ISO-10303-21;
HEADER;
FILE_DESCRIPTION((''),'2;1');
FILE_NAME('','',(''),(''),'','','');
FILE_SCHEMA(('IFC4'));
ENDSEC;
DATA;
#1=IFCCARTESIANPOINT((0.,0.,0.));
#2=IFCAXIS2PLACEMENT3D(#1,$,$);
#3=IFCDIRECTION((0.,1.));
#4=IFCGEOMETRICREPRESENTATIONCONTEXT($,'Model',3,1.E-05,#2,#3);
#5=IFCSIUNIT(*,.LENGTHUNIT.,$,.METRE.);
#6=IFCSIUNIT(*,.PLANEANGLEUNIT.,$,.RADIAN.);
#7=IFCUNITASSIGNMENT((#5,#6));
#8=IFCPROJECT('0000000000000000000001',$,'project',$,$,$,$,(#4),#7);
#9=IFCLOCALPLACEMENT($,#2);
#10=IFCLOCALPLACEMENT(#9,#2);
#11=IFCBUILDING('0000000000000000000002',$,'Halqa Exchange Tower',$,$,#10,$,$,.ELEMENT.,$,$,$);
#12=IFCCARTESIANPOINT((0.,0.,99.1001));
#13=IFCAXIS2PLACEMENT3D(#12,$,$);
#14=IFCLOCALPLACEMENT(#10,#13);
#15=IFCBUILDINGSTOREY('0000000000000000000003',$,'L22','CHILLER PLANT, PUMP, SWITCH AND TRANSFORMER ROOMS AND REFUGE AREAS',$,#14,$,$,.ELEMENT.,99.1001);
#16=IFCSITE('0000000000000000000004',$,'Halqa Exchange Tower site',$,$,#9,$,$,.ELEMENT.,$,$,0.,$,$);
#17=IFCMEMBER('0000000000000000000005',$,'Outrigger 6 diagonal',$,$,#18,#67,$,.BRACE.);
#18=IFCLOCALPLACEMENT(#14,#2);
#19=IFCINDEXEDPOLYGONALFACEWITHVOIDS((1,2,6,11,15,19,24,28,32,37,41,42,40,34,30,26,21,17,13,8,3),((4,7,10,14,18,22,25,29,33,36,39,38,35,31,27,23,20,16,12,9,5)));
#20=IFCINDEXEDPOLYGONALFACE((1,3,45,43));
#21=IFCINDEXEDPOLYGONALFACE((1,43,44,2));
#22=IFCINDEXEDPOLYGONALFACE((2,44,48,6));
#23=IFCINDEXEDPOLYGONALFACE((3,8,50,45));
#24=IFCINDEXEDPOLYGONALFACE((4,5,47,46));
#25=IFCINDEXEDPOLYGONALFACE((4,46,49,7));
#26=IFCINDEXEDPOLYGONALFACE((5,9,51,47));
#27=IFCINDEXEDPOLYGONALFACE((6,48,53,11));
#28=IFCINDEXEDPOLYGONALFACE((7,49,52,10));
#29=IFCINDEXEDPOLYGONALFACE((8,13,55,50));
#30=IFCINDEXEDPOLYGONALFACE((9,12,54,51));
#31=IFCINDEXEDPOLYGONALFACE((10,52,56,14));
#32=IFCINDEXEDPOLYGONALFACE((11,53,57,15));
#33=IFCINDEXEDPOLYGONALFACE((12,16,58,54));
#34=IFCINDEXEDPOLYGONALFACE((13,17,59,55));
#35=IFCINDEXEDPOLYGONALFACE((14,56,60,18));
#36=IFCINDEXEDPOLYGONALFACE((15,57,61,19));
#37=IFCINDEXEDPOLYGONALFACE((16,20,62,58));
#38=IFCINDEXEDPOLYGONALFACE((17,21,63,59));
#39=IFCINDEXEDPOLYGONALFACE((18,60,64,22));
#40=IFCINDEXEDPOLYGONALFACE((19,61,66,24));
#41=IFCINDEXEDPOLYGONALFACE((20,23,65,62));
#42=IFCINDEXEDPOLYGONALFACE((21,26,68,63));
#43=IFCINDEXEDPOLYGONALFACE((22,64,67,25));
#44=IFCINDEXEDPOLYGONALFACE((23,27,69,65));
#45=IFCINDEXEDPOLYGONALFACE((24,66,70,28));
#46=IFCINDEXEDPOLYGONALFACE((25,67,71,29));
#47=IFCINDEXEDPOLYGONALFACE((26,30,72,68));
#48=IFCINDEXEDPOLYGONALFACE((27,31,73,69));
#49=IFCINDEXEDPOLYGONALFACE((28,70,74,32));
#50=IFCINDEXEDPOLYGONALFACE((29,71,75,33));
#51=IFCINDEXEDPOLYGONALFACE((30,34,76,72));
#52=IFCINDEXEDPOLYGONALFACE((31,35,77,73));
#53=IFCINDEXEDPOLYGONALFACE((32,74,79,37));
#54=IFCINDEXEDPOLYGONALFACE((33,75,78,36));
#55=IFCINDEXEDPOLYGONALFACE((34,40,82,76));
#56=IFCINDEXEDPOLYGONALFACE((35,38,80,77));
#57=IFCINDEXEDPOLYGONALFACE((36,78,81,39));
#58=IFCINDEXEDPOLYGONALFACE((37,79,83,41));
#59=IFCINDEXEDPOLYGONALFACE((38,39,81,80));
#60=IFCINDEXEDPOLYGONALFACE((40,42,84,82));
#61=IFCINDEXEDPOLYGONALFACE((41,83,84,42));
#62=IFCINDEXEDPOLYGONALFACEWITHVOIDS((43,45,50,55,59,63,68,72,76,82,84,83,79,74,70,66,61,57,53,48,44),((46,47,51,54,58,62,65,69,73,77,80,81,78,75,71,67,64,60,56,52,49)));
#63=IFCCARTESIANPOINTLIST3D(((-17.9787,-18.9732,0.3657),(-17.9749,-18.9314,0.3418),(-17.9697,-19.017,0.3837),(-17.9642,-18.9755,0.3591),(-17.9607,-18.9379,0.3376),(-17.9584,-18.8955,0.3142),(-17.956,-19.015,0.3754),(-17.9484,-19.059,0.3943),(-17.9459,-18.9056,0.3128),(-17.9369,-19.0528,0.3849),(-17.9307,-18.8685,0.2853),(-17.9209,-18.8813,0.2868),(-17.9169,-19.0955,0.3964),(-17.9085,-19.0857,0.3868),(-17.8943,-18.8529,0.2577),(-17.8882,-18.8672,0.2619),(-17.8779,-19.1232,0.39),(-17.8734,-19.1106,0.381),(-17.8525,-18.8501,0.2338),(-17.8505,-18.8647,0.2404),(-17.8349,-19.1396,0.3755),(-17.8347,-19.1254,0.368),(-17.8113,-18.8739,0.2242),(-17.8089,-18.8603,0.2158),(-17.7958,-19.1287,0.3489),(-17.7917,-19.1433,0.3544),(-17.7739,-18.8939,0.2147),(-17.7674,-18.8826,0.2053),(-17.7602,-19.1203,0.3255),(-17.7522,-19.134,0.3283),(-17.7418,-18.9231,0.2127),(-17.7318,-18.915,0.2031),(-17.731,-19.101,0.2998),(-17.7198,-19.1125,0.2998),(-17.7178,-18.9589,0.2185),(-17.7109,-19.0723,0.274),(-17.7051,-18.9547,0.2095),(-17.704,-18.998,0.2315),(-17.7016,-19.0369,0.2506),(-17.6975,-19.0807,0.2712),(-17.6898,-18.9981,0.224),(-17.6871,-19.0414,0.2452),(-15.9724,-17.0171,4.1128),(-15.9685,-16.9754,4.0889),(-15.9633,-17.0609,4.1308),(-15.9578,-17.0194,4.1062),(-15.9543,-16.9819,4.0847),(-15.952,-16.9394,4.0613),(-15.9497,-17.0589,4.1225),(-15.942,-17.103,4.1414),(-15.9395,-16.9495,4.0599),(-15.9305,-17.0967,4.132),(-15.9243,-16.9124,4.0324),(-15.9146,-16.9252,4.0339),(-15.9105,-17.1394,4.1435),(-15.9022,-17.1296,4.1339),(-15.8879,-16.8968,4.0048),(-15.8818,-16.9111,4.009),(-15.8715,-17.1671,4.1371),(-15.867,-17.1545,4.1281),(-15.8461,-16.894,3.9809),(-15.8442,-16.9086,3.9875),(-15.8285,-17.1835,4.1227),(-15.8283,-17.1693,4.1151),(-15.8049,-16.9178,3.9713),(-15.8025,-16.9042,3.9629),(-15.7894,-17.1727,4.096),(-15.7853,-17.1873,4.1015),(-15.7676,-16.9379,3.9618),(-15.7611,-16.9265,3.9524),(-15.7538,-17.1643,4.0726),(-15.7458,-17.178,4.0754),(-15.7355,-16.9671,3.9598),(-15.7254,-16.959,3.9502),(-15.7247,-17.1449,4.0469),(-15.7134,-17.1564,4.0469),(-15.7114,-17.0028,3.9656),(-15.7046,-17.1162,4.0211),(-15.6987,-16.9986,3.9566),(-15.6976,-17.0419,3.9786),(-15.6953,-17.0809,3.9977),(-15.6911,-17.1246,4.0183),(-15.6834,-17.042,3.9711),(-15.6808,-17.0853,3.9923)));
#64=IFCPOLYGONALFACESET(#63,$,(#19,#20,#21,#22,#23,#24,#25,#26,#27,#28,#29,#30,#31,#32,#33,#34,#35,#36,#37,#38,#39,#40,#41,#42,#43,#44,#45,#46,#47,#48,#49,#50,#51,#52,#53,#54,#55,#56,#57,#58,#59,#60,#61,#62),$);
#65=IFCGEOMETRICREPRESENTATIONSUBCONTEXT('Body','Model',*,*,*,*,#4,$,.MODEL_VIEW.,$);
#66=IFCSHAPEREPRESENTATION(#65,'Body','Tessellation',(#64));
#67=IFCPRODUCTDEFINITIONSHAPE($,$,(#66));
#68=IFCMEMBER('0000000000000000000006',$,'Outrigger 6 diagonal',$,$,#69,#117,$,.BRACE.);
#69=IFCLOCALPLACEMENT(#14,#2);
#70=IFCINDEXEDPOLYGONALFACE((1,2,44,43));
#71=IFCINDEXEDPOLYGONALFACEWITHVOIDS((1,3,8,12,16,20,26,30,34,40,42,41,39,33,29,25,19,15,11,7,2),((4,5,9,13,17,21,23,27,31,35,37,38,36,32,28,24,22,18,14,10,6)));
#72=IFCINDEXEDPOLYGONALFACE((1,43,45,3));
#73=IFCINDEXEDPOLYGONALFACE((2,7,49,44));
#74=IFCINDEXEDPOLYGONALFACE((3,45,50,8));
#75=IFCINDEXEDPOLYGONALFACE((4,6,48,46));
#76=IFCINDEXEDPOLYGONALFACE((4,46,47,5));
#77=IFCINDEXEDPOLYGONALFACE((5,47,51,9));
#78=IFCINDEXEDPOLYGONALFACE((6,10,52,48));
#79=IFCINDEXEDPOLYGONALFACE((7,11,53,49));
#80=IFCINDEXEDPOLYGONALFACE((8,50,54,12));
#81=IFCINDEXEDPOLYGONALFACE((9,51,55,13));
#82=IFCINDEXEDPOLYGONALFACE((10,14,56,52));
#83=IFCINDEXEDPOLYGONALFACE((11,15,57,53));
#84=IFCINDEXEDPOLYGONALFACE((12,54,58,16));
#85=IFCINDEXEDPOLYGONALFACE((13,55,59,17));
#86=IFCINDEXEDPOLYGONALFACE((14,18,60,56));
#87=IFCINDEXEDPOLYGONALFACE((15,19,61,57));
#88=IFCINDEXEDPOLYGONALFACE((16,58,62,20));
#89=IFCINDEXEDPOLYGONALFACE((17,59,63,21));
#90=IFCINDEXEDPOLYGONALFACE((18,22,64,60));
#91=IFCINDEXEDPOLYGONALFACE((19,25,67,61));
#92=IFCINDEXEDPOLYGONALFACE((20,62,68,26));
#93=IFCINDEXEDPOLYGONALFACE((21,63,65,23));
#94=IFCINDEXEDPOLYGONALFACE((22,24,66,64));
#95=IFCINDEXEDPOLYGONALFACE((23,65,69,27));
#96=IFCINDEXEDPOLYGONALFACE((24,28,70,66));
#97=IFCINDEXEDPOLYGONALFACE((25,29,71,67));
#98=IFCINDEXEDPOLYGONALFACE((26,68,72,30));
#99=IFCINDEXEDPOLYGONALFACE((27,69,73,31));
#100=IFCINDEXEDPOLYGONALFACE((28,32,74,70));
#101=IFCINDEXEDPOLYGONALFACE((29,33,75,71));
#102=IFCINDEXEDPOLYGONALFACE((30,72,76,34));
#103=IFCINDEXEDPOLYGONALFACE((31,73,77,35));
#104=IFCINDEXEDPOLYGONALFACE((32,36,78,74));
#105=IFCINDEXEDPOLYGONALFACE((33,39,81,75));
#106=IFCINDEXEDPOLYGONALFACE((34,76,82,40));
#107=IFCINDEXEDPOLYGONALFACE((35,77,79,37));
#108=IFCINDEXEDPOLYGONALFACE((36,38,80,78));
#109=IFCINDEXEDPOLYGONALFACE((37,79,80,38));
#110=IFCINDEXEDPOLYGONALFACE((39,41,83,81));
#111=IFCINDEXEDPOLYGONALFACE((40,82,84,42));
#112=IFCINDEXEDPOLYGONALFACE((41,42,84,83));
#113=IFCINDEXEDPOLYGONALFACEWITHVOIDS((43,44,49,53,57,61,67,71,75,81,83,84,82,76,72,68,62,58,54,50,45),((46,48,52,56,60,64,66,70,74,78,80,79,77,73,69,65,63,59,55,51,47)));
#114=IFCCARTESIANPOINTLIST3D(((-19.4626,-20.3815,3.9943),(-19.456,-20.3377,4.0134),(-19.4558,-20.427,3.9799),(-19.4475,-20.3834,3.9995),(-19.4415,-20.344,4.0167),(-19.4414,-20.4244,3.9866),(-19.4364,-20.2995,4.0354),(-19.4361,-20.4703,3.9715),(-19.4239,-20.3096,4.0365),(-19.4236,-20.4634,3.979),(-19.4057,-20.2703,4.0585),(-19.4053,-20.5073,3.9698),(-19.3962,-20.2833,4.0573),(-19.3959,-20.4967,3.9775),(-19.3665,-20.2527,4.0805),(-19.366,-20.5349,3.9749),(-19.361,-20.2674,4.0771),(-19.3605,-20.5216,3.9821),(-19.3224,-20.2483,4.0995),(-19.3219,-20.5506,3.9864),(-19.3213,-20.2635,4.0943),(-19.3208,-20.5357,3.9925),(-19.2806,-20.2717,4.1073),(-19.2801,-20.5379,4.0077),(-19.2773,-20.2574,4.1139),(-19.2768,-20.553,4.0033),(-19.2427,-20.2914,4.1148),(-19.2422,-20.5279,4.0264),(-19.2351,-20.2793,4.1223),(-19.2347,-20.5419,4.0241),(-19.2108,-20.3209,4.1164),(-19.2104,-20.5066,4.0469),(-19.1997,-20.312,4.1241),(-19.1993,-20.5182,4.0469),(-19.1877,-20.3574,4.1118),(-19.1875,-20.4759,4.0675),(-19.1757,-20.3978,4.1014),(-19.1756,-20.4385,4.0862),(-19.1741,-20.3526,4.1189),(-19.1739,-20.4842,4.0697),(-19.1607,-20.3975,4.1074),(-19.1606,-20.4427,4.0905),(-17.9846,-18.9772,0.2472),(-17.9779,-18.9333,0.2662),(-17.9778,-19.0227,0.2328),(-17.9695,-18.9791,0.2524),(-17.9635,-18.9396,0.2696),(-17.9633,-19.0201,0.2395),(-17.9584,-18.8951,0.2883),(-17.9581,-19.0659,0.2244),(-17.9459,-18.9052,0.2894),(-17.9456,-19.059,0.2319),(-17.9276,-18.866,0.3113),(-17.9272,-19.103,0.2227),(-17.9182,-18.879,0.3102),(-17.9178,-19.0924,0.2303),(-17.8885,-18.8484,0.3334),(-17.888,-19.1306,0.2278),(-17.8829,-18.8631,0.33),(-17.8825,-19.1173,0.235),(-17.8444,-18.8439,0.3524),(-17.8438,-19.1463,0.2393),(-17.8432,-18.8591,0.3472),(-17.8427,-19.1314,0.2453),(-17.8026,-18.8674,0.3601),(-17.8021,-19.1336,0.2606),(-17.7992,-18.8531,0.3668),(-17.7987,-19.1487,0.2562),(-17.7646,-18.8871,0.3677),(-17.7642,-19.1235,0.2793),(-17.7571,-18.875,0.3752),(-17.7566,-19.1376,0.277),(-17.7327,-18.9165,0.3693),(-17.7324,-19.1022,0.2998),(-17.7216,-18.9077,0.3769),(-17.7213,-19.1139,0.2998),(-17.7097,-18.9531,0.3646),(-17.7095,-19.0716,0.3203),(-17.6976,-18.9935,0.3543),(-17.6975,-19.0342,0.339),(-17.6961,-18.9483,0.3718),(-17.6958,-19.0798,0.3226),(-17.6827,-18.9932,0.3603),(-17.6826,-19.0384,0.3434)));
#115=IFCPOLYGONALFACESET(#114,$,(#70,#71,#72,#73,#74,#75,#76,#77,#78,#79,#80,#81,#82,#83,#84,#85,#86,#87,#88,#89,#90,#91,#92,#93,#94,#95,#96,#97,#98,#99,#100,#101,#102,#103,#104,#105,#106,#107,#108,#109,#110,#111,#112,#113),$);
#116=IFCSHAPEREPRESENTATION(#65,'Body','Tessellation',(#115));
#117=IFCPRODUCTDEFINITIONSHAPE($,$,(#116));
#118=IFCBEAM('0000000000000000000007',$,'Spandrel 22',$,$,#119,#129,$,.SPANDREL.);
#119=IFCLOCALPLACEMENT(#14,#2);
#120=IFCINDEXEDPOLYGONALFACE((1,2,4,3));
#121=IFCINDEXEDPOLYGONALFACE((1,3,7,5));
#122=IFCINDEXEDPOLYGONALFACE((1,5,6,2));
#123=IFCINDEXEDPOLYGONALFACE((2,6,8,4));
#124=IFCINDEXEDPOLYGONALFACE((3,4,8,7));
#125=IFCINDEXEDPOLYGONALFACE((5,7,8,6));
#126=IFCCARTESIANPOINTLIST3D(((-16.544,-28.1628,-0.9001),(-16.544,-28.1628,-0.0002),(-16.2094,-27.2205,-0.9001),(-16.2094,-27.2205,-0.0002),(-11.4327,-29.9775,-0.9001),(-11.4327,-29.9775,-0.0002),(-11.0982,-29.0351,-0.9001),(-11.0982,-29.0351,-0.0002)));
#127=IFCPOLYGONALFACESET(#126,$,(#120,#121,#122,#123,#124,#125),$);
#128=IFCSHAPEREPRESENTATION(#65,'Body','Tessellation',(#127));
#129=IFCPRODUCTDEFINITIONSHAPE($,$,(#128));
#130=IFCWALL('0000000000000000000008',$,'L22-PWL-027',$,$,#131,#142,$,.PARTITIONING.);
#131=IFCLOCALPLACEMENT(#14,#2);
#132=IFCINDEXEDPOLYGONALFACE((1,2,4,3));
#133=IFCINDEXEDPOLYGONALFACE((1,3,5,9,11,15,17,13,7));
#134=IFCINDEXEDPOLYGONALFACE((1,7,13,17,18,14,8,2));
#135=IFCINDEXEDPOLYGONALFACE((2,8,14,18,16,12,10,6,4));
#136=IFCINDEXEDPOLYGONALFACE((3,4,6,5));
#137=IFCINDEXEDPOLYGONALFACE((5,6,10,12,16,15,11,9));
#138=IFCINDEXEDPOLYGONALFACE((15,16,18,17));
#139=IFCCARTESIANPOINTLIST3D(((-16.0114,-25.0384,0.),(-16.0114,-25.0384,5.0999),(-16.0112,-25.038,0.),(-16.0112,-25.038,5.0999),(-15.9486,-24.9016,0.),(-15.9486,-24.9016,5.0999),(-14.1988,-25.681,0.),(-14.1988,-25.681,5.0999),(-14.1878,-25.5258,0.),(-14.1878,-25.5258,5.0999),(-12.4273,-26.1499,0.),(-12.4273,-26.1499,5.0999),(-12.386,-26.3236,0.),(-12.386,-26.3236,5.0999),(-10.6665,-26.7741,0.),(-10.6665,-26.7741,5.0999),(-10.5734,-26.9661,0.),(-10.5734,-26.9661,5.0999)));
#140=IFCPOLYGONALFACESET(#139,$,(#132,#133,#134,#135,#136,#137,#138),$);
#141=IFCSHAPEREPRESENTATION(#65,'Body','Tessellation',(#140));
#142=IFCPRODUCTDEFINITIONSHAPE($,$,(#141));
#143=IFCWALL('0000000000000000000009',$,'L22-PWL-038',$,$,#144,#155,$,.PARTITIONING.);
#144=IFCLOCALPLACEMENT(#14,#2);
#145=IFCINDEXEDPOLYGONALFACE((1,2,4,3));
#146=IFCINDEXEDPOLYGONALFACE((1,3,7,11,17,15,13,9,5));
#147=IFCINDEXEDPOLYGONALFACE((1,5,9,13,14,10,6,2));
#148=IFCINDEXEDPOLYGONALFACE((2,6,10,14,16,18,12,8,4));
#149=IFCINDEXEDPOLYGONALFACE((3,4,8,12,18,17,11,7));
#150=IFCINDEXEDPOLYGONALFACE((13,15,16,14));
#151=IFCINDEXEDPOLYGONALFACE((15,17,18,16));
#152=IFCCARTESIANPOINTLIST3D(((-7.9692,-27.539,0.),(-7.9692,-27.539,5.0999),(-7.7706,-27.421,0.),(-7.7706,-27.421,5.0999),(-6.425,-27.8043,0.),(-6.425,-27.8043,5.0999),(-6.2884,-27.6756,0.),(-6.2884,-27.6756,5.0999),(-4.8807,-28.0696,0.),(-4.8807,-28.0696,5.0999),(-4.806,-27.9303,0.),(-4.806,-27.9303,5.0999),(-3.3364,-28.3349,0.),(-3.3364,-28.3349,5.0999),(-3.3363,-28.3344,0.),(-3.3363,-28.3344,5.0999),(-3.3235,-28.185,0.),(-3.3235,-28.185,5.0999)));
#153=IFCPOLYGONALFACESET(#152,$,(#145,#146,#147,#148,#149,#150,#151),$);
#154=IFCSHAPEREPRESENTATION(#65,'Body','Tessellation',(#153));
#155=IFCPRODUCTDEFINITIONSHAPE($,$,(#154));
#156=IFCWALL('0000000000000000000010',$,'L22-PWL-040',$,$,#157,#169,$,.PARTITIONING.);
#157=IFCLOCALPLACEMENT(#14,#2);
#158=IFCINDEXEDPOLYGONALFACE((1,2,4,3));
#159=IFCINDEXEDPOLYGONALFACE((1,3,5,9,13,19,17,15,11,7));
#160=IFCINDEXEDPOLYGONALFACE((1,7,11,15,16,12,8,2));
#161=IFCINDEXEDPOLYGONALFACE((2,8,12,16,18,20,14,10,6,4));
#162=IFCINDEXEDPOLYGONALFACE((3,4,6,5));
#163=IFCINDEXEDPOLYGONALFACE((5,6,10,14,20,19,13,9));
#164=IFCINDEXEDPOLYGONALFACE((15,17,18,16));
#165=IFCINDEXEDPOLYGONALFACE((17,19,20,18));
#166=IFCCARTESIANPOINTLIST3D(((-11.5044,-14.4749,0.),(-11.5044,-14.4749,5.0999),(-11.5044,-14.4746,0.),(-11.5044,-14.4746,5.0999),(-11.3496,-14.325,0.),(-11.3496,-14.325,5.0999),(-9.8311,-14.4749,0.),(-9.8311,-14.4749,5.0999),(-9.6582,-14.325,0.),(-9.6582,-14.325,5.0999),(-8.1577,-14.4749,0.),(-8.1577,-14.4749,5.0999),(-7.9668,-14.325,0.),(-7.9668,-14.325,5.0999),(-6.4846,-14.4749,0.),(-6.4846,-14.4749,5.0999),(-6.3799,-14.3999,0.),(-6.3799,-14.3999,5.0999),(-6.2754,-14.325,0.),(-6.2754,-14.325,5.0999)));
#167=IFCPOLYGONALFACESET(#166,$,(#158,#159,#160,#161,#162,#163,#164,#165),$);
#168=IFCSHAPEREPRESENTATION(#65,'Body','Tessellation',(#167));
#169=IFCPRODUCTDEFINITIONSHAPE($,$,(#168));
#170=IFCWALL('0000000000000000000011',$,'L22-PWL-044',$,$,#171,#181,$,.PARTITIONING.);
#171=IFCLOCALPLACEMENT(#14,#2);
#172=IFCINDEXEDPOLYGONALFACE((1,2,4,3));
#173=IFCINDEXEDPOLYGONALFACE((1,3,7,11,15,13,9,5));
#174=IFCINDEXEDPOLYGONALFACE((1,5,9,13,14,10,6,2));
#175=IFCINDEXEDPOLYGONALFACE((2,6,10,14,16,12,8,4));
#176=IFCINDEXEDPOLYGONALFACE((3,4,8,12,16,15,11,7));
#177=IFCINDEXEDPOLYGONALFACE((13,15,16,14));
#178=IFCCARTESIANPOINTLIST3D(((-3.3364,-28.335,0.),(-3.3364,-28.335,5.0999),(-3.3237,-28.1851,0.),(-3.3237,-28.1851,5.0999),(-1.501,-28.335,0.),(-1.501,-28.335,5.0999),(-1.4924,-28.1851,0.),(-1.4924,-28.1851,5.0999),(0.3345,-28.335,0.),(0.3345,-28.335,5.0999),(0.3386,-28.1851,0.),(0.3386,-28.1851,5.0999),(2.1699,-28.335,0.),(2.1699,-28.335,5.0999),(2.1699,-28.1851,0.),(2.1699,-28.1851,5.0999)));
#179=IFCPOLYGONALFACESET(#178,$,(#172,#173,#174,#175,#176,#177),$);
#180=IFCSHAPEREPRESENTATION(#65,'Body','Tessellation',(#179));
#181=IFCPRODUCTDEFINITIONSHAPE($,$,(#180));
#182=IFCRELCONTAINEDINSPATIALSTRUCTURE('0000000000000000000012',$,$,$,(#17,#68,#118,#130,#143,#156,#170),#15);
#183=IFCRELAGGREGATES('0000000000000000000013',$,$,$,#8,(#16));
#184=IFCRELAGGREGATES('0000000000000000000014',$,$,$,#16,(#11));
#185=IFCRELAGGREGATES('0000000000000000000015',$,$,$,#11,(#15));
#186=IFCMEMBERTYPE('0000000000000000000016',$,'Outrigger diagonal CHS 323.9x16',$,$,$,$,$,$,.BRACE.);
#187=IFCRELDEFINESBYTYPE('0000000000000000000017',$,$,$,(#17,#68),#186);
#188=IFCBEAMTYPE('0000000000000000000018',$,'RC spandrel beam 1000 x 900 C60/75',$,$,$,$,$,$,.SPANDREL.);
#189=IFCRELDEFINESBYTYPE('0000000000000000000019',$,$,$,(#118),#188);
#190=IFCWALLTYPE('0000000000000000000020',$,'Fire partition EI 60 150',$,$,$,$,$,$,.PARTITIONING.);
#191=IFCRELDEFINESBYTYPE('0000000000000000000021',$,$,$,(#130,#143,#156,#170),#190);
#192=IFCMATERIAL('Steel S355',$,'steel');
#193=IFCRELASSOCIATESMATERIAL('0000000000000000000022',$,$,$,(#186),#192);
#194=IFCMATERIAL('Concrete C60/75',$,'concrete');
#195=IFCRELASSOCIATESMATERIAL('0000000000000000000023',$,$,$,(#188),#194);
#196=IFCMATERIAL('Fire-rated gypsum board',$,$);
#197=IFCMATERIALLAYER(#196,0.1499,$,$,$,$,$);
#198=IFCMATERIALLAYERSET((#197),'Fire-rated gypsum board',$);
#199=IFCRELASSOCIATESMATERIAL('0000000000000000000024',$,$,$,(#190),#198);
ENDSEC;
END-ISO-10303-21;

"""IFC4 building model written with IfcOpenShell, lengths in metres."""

from ifc_helpers import new_model, si_unit, direction, frame, origin, origin_2d, place, context, subcontext, project, spatial, polyline, rectangle, hollow_circle, outline, extrude, material, layer, layer_set, material_profile, profile_set, type_object, element, save


model = new_model("IFC4")

# Units and contexts
model_context = context("Model", 3, precision=1e-05, world=origin(), true_north=direction((0.0, 1.0)))
body_context = subcontext(model_context, "Body", "Model", "MODEL_VIEW")
ifc_project = project(units=[si_unit("LENGTHUNIT", "METRE"), si_unit("PLANEANGLEUNIT", "RADIAN")], contexts=[model_context])

# Site, building, storey
site_placement = place(None, origin())
site = spatial("IfcSite", under=ifc_project, at=site_placement, Name="Halqa Exchange Tower site", CompositionType="ELEMENT", RefElevation=0.0)
building_placement = place(site_placement, origin())
building = spatial("IfcBuilding", under=site, at=building_placement, Name="Halqa Exchange Tower", CompositionType="ELEMENT")
storey_placement = place(building_placement, frame((0.0, 0.0, 99.1001)))
storey = spatial("IfcBuildingStorey", under=building, at=storey_placement, Name="L22", Description="CHILLER PLANT, PUMP, SWITCH AND TRANSFORMER ROOMS AND REFUGE AREAS", CompositionType="ELEMENT", Elevation=99.1001)

# Members
ifc_material_1 = material(Name="Steel S355", Category="steel")
ifc_material_profile_1 = material_profile(ifc_material_1, hollow_circle(Radius=0.1619, WallThickness=0.0161, at=origin_2d()), Name="CHS 323.9x16")
ifc_profile_set_1 = profile_set([ifc_material_profile_1], Name="Steel S355")
member_type_1 = type_object("IfcMemberType", Name="Outrigger diagonal CHS 323.9x16", PredefinedType="BRACE", material=ifc_profile_set_1)
member_1_placement = place(storey_placement, frame((-15.8264, -17.0405, 4.0469), z_axis=(-0.428807, -0.418059, -0.800844), x_axis=(0.698076, -0.716024, 0.0)))
element("IfcMember", 1, at=member_1_placement, inside=storey, type_object=member_type_1, Name="Outrigger 6 diagonal", PredefinedType="BRACE", context=body_context, shape_type="SweptSolid", body=[
    extrude(hollow_circle(Radius=0.1619, WallThickness=0.0161, at=origin_2d()), origin(), (0.0, 0.0, 1.0), 4.679),
])
member_2_placement = place(storey_placement, frame((-17.8328, -18.9966, 0.2998), z_axis=(-0.346482, -0.329198, 0.878396), x_axis=(0.688794, -0.724958, 0.0)))
element("IfcMember", 2, at=member_2_placement, inside=storey, type_object=member_type_1, Name="Outrigger 6 diagonal", PredefinedType="BRACE", context=body_context, shape_type="SweptSolid", body=[
    extrude(hollow_circle(Radius=0.1619, WallThickness=0.0161, at=origin_2d()), origin(), (0.0, 0.0, 1.0), 4.2659),
])

# Beam
ifc_material_2 = material(Name="Concrete C60/75", Category="concrete")
ifc_material_profile_2 = material_profile(ifc_material_2, rectangle(XDim=1.0, YDim=0.8999, at=origin_2d()), Name="1000 x 900")
ifc_profile_set_2 = profile_set([ifc_material_profile_2], Name="Concrete C60/75")
beam_type = type_object("IfcBeamType", Name="RC spandrel beam 1000 x 900 C60/75", PredefinedType="SPANDREL", material=ifc_profile_set_2)
beam_placement = place(storey_placement, frame((-16.3767, -27.6917, -0.4502), z_axis=(0.94237, -0.334574, 0.0), x_axis=(0.334574, 0.94237, 0.0)))
element("IfcBeam", 3, at=beam_placement, inside=storey, type_object=beam_type, Name="Spandrel 22", PredefinedType="SPANDREL", context=body_context, shape_type="SweptSolid", body=[
    extrude(rectangle(XDim=1.0, YDim=0.8999, at=origin_2d()), origin(), (0.0, 0.0, 1.0), 5.4238),
])

# Wall
ifc_material_3 = material(Name="Fire-rated gypsum board")
ifc_layer_1 = layer(ifc_material_3, 0.1499)
ifc_layer_set_1 = layer_set([ifc_layer_1], Name="Fire-rated gypsum board")
wall_type = type_object("IfcWallType", Name="Fire partition EI 60 150", PredefinedType="PARTITIONING", material=ifc_layer_set_1)
wall_1_placement = place(storey_placement, frame((-15.9863, -24.9678, 0.0), z_axis=(0.0, 0.0, 1.0), x_axis=(0.94253, -0.334121, 0.0)))
element("IfcWall", 4, at=wall_1_placement, inside=storey, type_object=wall_type, Name="L22-PWL-027", PredefinedType="PARTITIONING", context=body_context, shape_type="SweptSolid", body=[
    extrude(outline(polyline([(0.0, -0.075), (1.9231, -0.075), (3.8464, -0.075), (5.7695, -0.075), (5.6177, 0.075), (3.7495, 0.075), (1.8816, 0.075), (0.0134, 0.075), (0.0, -0.0745), (0.0, -0.075)])), origin(), (0.0, 0.0, 1.0), 5.0999),
])

# Walls
wall_2_placement = place(storey_placement, frame((-7.9565, -27.4651, 0.0), z_axis=(0.0, 0.0, 1.0), x_axis=(0.985562, -0.169316, 0.0)))
element("IfcWall", 5, at=wall_2_placement, inside=storey, type_object=wall_type, Name="L22-PWL-038", PredefinedType="PARTITIONING", context=body_context, shape_type="SweptSolid", body=[
    extrude(outline(polyline([(4.7007, -0.075), (4.7007, -0.0745), (4.688, 0.075), (3.1838, 0.075), (1.6797, 0.075), (0.1758, 0.075), (0.0, -0.075), (1.5669, -0.075), (3.1338, -0.075), (4.7007, -0.075)])), origin(), (0.0, 0.0, 1.0), 5.0999),
])
wall_3_placement = place(storey_placement, frame((-6.2754, -14.3999, 0.0), z_axis=(0.0, 0.0, 1.0), x_axis=(-1.0, 0.0, 0.0)))
element("IfcWall", 6, at=wall_3_placement, inside=storey, type_object=wall_type, Name="L22-PWL-040", PredefinedType="PARTITIONING", context=body_context, shape_type="SweptSolid", body=[
    extrude(outline(polyline([(0.0, -0.075), (1.6914, -0.075), (3.3828, -0.075), (5.0742, -0.075), (5.229, 0.0747), (5.229, 0.075), (3.5557, 0.075), (1.8823, 0.075), (0.2092, 0.075), (0.1045, 0.0), (0.0, -0.075), (0.0, -0.075)])), origin(), (0.0, 0.0, 1.0), 5.0999),
])
wall_4_placement = place(storey_placement, frame((-3.3364, -28.26, 0.0), z_axis=(0.0, 0.0, 1.0), x_axis=(1.0, 0.0, 0.0)))
element("IfcWall", 7, at=wall_4_placement, inside=storey, type_object=wall_type, Name="L22-PWL-044", PredefinedType="PARTITIONING", context=body_context, shape_type="SweptSolid", body=[
    extrude(outline(polyline([(5.5063, 0.075), (3.675, 0.075), (1.844, 0.075), (0.0127, 0.075), (0.0, -0.075), (1.8354, -0.075), (3.6709, -0.075), (5.5063, -0.075), (5.5063, 0.075)])), origin(), (0.0, 0.0, 1.0), 5.0999),
])

save(model, "model.ifc")
